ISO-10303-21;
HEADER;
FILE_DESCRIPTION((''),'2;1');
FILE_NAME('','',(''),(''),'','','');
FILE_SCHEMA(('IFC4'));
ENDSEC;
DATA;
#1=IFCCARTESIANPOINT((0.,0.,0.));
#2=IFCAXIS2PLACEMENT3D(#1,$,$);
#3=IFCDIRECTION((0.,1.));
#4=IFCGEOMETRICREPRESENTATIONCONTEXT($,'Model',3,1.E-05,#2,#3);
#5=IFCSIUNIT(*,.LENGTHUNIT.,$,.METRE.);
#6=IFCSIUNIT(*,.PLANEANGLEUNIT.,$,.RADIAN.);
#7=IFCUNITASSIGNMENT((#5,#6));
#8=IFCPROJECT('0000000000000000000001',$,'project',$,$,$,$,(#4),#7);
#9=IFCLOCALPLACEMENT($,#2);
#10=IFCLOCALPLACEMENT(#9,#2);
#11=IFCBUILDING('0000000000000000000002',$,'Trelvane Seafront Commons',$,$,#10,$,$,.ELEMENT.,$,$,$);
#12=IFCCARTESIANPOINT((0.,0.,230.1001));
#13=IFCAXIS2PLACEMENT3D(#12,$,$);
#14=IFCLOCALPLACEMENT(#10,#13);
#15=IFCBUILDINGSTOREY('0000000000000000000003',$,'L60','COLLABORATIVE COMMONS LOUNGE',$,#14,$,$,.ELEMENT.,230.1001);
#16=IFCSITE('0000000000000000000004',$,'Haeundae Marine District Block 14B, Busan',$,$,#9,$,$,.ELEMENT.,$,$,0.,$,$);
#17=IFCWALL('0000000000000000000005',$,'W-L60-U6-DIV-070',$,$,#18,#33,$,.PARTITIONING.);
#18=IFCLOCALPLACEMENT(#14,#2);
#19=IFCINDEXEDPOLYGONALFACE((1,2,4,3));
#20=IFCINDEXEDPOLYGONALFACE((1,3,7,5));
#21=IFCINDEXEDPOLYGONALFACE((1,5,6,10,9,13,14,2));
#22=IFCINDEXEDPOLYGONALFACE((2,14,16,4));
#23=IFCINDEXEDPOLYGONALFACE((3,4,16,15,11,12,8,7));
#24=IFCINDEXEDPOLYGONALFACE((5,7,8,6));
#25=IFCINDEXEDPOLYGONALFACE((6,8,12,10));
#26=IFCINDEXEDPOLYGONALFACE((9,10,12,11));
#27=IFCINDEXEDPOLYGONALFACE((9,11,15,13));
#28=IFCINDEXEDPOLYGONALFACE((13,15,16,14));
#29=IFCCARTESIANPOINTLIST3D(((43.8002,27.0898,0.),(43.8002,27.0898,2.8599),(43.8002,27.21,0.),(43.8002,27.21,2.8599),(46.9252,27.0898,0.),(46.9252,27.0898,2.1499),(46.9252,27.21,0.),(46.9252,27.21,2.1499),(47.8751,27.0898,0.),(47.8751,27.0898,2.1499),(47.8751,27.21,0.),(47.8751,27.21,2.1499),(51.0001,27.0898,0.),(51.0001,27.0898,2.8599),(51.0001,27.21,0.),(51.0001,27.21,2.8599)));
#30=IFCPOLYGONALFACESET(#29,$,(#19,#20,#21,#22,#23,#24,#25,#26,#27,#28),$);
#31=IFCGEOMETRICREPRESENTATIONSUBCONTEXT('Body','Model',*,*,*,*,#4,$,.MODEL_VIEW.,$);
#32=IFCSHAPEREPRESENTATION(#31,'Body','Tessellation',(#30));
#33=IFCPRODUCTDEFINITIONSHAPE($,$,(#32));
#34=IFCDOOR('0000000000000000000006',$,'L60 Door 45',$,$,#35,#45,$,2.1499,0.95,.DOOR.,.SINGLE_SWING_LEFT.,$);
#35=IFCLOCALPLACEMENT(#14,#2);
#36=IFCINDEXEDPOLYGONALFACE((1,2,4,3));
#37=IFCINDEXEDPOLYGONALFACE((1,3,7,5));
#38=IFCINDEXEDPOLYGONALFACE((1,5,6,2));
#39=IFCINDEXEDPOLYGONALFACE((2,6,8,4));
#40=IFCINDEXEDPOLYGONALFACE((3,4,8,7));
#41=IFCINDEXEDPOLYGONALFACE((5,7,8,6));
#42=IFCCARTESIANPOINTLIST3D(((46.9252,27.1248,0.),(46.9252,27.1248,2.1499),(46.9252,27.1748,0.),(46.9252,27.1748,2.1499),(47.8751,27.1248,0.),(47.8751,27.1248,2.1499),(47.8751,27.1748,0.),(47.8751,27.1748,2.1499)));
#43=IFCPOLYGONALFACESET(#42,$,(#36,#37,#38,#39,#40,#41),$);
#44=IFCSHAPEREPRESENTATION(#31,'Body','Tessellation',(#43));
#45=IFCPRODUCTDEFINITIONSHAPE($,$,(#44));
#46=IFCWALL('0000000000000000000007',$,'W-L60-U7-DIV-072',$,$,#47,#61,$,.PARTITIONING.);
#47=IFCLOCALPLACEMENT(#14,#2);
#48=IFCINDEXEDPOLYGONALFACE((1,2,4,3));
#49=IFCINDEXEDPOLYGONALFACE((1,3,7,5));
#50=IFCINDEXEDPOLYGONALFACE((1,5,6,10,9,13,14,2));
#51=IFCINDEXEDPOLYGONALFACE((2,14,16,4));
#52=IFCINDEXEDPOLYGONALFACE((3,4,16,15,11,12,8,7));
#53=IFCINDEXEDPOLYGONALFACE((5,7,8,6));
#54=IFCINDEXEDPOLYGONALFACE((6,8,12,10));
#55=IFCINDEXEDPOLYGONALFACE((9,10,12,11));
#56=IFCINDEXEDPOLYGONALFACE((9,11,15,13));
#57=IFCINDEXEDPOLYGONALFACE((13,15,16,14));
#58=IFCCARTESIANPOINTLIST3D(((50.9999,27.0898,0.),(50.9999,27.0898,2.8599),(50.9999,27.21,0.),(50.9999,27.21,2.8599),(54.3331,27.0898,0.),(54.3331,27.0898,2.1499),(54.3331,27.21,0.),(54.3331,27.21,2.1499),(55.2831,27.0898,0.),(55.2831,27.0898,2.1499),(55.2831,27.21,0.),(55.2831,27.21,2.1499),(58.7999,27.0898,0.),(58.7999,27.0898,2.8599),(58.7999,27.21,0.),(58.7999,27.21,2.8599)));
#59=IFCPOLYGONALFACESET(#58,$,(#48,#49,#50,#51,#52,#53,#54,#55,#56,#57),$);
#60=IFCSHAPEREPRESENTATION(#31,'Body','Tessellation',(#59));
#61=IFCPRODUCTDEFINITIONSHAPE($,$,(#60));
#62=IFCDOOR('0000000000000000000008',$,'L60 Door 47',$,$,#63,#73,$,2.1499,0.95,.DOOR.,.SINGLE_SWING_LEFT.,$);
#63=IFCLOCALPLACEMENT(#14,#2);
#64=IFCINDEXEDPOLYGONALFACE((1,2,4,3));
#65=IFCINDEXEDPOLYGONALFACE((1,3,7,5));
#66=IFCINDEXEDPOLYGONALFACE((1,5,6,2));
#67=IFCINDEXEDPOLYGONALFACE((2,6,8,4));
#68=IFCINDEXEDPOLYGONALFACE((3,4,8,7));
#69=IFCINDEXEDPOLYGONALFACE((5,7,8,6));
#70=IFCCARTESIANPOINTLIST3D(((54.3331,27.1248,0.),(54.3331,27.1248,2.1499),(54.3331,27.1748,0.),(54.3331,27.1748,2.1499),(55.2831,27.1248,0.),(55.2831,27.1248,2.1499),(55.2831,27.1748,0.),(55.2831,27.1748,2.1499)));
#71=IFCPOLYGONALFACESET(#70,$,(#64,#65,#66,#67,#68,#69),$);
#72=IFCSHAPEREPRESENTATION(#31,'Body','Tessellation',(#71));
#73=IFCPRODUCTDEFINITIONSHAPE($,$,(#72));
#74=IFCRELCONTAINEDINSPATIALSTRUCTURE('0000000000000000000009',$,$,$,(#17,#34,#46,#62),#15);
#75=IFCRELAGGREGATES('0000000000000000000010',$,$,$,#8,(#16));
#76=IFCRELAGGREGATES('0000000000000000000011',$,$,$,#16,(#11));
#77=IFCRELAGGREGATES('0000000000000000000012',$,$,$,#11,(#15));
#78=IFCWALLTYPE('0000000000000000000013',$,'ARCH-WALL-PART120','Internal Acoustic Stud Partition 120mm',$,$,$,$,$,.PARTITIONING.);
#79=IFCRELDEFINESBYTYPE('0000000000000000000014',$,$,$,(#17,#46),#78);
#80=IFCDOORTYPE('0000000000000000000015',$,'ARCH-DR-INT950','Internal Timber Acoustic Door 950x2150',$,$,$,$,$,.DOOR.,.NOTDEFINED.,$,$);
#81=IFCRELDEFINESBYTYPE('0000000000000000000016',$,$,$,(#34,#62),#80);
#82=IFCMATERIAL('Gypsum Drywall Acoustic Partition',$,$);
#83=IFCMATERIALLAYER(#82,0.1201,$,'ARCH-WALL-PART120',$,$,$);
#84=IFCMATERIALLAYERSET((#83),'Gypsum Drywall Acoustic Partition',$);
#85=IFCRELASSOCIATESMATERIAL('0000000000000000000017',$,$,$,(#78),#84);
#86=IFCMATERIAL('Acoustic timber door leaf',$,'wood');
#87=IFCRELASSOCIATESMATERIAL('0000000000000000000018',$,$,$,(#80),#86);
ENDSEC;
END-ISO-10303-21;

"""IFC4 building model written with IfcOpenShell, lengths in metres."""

from ifc_helpers import new_model, si_unit, direction, frame, frame_2d, origin, place, context, subcontext, project, spatial, rectangle, extrude, source, transform, mapped, material, layer, layer_set, type_object, element, fill, save


model = new_model("IFC4")

# Units and contexts
model_context = context("Model", 3, precision=1e-05, world=origin(), true_north=direction((0.0, 1.0)))
body_context = subcontext(model_context, "Body", "Model", "MODEL_VIEW")
ifc_project = project(units=[si_unit("LENGTHUNIT", "METRE"), si_unit("PLANEANGLEUNIT", "RADIAN")], contexts=[model_context])

# Site, building, storey
site_placement = place(None, origin())
site = spatial("IfcSite", under=ifc_project, at=site_placement, Name="Haeundae Marine District Block 14B, Busan", CompositionType="ELEMENT", RefElevation=0.0)
building_placement = place(site_placement, origin())
building = spatial("IfcBuilding", under=site, at=building_placement, Name="Trelvane Seafront Commons", CompositionType="ELEMENT")
storey_placement = place(building_placement, frame((0.0, 0.0, 230.1001)))
storey = spatial("IfcBuildingStorey", under=building, at=storey_placement, Name="L60", Description="COLLABORATIVE COMMONS LOUNGE", CompositionType="ELEMENT", Elevation=230.1001)

# Walls, openings, doors
ifc_material_1 = material(Name="Gypsum Drywall Acoustic Partition")
ifc_layer_1 = layer(ifc_material_1, 0.1201, Name="ARCH-WALL-PART120")
ifc_layer_set_1 = layer_set([ifc_layer_1], Name="Gypsum Drywall Acoustic Partition")
wall_type_1 = type_object("IfcWallType", Name="ARCH-WALL-PART120", Description="Internal Acoustic Stud Partition 120mm", PredefinedType="PARTITIONING", material=ifc_layer_set_1)
ifc_material_2 = material(Name="Acoustic timber door leaf", Category="wood")
door_type_1 = type_object("IfcDoorType", Name="ARCH-DR-INT950", Description="Internal Timber Acoustic Door 950x2150", OperationType="NOTDEFINED", PredefinedType="DOOR", material=ifc_material_2)
shared_shape_1 = source(origin(), body_context, "Body", "SweptSolid", [
    extrude(rectangle(XDim=0.95, YDim=2.1499, at=frame_2d((0.4751, 1.075))), frame((0.0, 0.0249, 0.0), z_axis=(0.0, -1.0, 0.0), x_axis=(1.0, 0.0, 0.0)), (0.0, 0.0, 1.0), 0.05),
])
wall_1_placement = place(storey_placement, frame((43.8, 27.1499, 0.0), z_axis=(0.0, 0.0, 1.0), x_axis=(1.0, 0.0, 0.0)))
wall_1 = element("IfcWall", 1, at=wall_1_placement, inside=storey, type_object=wall_type_1, Name="W-L60-U6-DIV-070", PredefinedType="PARTITIONING", context=body_context, shape_type="SweptSolid", body=[
    extrude(rectangle(XDim=7.2, YDim=0.1201, at=frame_2d((3.6001, 0.0))), origin(), (0.0, 0.0, 1.0), 2.8599),
])
opening_1_placement = place(wall_1_placement, frame((3.125, 0.0, 0.0)))
opening_1 = element("IfcOpeningElement", 2, at=opening_1_placement, cuts=wall_1, PredefinedType="OPENING", context=body_context, shape_type="SweptSolid", body=[
    extrude(rectangle(XDim=0.95, YDim=2.1499, at=frame_2d((0.4751, 1.075))), frame((0.0, 0.0701, 0.0), z_axis=(0.0, -1.0, 0.0), x_axis=(1.0, 0.0, 0.0)), (0.0, 0.0, 1.0), 0.1401),
])
door_1_placement = place(opening_1_placement, origin())
door_1 = element("IfcDoor", 3, at=door_1_placement, inside=storey, type_object=door_type_1, Name="L60 Door 45", OperationType="SINGLE_SWING_LEFT", OverallHeight=2.1499, OverallWidth=0.95, PredefinedType="DOOR", context=body_context, shape_type="MappedRepresentation", body=[
    mapped(shared_shape_1, transform((0.0, 0.0, 0.0), x_axis=(1.0, 0.0, 0.0), y_axis=(0.0, 1.0, 0.0), z_axis=(0.0, 0.0, 1.0), scale=1.0)),
])
fill(opening_1, door_1)
wall_2_placement = place(storey_placement, frame((51.0, 27.1499, 0.0), z_axis=(0.0, 0.0, 1.0), x_axis=(1.0, 0.0, 0.0)))
wall_2 = element("IfcWall", 4, at=wall_2_placement, inside=storey, type_object=wall_type_1, Name="W-L60-U7-DIV-072", PredefinedType="PARTITIONING", context=body_context, shape_type="SweptSolid", body=[
    extrude(rectangle(XDim=7.8, YDim=0.1201, at=frame_2d((3.8999, 0.0))), origin(), (0.0, 0.0, 1.0), 2.8599),
])
opening_2_placement = place(wall_2_placement, frame((3.333, 0.0, 0.0)))
opening_2 = element("IfcOpeningElement", 5, at=opening_2_placement, cuts=wall_2, PredefinedType="OPENING", context=body_context, shape_type="SweptSolid", body=[
    extrude(rectangle(XDim=0.95, YDim=2.1499, at=frame_2d((0.4751, 1.075))), frame((0.0, 0.0701, 0.0), z_axis=(0.0, -1.0, 0.0), x_axis=(1.0, 0.0, 0.0)), (0.0, 0.0, 1.0), 0.1401),
])
door_2_placement = place(opening_2_placement, origin())
door_2 = element("IfcDoor", 6, at=door_2_placement, inside=storey, type_object=door_type_1, Name="L60 Door 47", OperationType="SINGLE_SWING_LEFT", OverallHeight=2.1499, OverallWidth=0.95, PredefinedType="DOOR", context=body_context, shape_type="MappedRepresentation", body=[
    mapped(shared_shape_1, transform((0.0, 0.0, 0.0), x_axis=(1.0, 0.0, 0.0), y_axis=(0.0, 1.0, 0.0), z_axis=(0.0, 0.0, 1.0), scale=1.0)),
])
fill(opening_2, door_2)

save(model, "model.ifc")
